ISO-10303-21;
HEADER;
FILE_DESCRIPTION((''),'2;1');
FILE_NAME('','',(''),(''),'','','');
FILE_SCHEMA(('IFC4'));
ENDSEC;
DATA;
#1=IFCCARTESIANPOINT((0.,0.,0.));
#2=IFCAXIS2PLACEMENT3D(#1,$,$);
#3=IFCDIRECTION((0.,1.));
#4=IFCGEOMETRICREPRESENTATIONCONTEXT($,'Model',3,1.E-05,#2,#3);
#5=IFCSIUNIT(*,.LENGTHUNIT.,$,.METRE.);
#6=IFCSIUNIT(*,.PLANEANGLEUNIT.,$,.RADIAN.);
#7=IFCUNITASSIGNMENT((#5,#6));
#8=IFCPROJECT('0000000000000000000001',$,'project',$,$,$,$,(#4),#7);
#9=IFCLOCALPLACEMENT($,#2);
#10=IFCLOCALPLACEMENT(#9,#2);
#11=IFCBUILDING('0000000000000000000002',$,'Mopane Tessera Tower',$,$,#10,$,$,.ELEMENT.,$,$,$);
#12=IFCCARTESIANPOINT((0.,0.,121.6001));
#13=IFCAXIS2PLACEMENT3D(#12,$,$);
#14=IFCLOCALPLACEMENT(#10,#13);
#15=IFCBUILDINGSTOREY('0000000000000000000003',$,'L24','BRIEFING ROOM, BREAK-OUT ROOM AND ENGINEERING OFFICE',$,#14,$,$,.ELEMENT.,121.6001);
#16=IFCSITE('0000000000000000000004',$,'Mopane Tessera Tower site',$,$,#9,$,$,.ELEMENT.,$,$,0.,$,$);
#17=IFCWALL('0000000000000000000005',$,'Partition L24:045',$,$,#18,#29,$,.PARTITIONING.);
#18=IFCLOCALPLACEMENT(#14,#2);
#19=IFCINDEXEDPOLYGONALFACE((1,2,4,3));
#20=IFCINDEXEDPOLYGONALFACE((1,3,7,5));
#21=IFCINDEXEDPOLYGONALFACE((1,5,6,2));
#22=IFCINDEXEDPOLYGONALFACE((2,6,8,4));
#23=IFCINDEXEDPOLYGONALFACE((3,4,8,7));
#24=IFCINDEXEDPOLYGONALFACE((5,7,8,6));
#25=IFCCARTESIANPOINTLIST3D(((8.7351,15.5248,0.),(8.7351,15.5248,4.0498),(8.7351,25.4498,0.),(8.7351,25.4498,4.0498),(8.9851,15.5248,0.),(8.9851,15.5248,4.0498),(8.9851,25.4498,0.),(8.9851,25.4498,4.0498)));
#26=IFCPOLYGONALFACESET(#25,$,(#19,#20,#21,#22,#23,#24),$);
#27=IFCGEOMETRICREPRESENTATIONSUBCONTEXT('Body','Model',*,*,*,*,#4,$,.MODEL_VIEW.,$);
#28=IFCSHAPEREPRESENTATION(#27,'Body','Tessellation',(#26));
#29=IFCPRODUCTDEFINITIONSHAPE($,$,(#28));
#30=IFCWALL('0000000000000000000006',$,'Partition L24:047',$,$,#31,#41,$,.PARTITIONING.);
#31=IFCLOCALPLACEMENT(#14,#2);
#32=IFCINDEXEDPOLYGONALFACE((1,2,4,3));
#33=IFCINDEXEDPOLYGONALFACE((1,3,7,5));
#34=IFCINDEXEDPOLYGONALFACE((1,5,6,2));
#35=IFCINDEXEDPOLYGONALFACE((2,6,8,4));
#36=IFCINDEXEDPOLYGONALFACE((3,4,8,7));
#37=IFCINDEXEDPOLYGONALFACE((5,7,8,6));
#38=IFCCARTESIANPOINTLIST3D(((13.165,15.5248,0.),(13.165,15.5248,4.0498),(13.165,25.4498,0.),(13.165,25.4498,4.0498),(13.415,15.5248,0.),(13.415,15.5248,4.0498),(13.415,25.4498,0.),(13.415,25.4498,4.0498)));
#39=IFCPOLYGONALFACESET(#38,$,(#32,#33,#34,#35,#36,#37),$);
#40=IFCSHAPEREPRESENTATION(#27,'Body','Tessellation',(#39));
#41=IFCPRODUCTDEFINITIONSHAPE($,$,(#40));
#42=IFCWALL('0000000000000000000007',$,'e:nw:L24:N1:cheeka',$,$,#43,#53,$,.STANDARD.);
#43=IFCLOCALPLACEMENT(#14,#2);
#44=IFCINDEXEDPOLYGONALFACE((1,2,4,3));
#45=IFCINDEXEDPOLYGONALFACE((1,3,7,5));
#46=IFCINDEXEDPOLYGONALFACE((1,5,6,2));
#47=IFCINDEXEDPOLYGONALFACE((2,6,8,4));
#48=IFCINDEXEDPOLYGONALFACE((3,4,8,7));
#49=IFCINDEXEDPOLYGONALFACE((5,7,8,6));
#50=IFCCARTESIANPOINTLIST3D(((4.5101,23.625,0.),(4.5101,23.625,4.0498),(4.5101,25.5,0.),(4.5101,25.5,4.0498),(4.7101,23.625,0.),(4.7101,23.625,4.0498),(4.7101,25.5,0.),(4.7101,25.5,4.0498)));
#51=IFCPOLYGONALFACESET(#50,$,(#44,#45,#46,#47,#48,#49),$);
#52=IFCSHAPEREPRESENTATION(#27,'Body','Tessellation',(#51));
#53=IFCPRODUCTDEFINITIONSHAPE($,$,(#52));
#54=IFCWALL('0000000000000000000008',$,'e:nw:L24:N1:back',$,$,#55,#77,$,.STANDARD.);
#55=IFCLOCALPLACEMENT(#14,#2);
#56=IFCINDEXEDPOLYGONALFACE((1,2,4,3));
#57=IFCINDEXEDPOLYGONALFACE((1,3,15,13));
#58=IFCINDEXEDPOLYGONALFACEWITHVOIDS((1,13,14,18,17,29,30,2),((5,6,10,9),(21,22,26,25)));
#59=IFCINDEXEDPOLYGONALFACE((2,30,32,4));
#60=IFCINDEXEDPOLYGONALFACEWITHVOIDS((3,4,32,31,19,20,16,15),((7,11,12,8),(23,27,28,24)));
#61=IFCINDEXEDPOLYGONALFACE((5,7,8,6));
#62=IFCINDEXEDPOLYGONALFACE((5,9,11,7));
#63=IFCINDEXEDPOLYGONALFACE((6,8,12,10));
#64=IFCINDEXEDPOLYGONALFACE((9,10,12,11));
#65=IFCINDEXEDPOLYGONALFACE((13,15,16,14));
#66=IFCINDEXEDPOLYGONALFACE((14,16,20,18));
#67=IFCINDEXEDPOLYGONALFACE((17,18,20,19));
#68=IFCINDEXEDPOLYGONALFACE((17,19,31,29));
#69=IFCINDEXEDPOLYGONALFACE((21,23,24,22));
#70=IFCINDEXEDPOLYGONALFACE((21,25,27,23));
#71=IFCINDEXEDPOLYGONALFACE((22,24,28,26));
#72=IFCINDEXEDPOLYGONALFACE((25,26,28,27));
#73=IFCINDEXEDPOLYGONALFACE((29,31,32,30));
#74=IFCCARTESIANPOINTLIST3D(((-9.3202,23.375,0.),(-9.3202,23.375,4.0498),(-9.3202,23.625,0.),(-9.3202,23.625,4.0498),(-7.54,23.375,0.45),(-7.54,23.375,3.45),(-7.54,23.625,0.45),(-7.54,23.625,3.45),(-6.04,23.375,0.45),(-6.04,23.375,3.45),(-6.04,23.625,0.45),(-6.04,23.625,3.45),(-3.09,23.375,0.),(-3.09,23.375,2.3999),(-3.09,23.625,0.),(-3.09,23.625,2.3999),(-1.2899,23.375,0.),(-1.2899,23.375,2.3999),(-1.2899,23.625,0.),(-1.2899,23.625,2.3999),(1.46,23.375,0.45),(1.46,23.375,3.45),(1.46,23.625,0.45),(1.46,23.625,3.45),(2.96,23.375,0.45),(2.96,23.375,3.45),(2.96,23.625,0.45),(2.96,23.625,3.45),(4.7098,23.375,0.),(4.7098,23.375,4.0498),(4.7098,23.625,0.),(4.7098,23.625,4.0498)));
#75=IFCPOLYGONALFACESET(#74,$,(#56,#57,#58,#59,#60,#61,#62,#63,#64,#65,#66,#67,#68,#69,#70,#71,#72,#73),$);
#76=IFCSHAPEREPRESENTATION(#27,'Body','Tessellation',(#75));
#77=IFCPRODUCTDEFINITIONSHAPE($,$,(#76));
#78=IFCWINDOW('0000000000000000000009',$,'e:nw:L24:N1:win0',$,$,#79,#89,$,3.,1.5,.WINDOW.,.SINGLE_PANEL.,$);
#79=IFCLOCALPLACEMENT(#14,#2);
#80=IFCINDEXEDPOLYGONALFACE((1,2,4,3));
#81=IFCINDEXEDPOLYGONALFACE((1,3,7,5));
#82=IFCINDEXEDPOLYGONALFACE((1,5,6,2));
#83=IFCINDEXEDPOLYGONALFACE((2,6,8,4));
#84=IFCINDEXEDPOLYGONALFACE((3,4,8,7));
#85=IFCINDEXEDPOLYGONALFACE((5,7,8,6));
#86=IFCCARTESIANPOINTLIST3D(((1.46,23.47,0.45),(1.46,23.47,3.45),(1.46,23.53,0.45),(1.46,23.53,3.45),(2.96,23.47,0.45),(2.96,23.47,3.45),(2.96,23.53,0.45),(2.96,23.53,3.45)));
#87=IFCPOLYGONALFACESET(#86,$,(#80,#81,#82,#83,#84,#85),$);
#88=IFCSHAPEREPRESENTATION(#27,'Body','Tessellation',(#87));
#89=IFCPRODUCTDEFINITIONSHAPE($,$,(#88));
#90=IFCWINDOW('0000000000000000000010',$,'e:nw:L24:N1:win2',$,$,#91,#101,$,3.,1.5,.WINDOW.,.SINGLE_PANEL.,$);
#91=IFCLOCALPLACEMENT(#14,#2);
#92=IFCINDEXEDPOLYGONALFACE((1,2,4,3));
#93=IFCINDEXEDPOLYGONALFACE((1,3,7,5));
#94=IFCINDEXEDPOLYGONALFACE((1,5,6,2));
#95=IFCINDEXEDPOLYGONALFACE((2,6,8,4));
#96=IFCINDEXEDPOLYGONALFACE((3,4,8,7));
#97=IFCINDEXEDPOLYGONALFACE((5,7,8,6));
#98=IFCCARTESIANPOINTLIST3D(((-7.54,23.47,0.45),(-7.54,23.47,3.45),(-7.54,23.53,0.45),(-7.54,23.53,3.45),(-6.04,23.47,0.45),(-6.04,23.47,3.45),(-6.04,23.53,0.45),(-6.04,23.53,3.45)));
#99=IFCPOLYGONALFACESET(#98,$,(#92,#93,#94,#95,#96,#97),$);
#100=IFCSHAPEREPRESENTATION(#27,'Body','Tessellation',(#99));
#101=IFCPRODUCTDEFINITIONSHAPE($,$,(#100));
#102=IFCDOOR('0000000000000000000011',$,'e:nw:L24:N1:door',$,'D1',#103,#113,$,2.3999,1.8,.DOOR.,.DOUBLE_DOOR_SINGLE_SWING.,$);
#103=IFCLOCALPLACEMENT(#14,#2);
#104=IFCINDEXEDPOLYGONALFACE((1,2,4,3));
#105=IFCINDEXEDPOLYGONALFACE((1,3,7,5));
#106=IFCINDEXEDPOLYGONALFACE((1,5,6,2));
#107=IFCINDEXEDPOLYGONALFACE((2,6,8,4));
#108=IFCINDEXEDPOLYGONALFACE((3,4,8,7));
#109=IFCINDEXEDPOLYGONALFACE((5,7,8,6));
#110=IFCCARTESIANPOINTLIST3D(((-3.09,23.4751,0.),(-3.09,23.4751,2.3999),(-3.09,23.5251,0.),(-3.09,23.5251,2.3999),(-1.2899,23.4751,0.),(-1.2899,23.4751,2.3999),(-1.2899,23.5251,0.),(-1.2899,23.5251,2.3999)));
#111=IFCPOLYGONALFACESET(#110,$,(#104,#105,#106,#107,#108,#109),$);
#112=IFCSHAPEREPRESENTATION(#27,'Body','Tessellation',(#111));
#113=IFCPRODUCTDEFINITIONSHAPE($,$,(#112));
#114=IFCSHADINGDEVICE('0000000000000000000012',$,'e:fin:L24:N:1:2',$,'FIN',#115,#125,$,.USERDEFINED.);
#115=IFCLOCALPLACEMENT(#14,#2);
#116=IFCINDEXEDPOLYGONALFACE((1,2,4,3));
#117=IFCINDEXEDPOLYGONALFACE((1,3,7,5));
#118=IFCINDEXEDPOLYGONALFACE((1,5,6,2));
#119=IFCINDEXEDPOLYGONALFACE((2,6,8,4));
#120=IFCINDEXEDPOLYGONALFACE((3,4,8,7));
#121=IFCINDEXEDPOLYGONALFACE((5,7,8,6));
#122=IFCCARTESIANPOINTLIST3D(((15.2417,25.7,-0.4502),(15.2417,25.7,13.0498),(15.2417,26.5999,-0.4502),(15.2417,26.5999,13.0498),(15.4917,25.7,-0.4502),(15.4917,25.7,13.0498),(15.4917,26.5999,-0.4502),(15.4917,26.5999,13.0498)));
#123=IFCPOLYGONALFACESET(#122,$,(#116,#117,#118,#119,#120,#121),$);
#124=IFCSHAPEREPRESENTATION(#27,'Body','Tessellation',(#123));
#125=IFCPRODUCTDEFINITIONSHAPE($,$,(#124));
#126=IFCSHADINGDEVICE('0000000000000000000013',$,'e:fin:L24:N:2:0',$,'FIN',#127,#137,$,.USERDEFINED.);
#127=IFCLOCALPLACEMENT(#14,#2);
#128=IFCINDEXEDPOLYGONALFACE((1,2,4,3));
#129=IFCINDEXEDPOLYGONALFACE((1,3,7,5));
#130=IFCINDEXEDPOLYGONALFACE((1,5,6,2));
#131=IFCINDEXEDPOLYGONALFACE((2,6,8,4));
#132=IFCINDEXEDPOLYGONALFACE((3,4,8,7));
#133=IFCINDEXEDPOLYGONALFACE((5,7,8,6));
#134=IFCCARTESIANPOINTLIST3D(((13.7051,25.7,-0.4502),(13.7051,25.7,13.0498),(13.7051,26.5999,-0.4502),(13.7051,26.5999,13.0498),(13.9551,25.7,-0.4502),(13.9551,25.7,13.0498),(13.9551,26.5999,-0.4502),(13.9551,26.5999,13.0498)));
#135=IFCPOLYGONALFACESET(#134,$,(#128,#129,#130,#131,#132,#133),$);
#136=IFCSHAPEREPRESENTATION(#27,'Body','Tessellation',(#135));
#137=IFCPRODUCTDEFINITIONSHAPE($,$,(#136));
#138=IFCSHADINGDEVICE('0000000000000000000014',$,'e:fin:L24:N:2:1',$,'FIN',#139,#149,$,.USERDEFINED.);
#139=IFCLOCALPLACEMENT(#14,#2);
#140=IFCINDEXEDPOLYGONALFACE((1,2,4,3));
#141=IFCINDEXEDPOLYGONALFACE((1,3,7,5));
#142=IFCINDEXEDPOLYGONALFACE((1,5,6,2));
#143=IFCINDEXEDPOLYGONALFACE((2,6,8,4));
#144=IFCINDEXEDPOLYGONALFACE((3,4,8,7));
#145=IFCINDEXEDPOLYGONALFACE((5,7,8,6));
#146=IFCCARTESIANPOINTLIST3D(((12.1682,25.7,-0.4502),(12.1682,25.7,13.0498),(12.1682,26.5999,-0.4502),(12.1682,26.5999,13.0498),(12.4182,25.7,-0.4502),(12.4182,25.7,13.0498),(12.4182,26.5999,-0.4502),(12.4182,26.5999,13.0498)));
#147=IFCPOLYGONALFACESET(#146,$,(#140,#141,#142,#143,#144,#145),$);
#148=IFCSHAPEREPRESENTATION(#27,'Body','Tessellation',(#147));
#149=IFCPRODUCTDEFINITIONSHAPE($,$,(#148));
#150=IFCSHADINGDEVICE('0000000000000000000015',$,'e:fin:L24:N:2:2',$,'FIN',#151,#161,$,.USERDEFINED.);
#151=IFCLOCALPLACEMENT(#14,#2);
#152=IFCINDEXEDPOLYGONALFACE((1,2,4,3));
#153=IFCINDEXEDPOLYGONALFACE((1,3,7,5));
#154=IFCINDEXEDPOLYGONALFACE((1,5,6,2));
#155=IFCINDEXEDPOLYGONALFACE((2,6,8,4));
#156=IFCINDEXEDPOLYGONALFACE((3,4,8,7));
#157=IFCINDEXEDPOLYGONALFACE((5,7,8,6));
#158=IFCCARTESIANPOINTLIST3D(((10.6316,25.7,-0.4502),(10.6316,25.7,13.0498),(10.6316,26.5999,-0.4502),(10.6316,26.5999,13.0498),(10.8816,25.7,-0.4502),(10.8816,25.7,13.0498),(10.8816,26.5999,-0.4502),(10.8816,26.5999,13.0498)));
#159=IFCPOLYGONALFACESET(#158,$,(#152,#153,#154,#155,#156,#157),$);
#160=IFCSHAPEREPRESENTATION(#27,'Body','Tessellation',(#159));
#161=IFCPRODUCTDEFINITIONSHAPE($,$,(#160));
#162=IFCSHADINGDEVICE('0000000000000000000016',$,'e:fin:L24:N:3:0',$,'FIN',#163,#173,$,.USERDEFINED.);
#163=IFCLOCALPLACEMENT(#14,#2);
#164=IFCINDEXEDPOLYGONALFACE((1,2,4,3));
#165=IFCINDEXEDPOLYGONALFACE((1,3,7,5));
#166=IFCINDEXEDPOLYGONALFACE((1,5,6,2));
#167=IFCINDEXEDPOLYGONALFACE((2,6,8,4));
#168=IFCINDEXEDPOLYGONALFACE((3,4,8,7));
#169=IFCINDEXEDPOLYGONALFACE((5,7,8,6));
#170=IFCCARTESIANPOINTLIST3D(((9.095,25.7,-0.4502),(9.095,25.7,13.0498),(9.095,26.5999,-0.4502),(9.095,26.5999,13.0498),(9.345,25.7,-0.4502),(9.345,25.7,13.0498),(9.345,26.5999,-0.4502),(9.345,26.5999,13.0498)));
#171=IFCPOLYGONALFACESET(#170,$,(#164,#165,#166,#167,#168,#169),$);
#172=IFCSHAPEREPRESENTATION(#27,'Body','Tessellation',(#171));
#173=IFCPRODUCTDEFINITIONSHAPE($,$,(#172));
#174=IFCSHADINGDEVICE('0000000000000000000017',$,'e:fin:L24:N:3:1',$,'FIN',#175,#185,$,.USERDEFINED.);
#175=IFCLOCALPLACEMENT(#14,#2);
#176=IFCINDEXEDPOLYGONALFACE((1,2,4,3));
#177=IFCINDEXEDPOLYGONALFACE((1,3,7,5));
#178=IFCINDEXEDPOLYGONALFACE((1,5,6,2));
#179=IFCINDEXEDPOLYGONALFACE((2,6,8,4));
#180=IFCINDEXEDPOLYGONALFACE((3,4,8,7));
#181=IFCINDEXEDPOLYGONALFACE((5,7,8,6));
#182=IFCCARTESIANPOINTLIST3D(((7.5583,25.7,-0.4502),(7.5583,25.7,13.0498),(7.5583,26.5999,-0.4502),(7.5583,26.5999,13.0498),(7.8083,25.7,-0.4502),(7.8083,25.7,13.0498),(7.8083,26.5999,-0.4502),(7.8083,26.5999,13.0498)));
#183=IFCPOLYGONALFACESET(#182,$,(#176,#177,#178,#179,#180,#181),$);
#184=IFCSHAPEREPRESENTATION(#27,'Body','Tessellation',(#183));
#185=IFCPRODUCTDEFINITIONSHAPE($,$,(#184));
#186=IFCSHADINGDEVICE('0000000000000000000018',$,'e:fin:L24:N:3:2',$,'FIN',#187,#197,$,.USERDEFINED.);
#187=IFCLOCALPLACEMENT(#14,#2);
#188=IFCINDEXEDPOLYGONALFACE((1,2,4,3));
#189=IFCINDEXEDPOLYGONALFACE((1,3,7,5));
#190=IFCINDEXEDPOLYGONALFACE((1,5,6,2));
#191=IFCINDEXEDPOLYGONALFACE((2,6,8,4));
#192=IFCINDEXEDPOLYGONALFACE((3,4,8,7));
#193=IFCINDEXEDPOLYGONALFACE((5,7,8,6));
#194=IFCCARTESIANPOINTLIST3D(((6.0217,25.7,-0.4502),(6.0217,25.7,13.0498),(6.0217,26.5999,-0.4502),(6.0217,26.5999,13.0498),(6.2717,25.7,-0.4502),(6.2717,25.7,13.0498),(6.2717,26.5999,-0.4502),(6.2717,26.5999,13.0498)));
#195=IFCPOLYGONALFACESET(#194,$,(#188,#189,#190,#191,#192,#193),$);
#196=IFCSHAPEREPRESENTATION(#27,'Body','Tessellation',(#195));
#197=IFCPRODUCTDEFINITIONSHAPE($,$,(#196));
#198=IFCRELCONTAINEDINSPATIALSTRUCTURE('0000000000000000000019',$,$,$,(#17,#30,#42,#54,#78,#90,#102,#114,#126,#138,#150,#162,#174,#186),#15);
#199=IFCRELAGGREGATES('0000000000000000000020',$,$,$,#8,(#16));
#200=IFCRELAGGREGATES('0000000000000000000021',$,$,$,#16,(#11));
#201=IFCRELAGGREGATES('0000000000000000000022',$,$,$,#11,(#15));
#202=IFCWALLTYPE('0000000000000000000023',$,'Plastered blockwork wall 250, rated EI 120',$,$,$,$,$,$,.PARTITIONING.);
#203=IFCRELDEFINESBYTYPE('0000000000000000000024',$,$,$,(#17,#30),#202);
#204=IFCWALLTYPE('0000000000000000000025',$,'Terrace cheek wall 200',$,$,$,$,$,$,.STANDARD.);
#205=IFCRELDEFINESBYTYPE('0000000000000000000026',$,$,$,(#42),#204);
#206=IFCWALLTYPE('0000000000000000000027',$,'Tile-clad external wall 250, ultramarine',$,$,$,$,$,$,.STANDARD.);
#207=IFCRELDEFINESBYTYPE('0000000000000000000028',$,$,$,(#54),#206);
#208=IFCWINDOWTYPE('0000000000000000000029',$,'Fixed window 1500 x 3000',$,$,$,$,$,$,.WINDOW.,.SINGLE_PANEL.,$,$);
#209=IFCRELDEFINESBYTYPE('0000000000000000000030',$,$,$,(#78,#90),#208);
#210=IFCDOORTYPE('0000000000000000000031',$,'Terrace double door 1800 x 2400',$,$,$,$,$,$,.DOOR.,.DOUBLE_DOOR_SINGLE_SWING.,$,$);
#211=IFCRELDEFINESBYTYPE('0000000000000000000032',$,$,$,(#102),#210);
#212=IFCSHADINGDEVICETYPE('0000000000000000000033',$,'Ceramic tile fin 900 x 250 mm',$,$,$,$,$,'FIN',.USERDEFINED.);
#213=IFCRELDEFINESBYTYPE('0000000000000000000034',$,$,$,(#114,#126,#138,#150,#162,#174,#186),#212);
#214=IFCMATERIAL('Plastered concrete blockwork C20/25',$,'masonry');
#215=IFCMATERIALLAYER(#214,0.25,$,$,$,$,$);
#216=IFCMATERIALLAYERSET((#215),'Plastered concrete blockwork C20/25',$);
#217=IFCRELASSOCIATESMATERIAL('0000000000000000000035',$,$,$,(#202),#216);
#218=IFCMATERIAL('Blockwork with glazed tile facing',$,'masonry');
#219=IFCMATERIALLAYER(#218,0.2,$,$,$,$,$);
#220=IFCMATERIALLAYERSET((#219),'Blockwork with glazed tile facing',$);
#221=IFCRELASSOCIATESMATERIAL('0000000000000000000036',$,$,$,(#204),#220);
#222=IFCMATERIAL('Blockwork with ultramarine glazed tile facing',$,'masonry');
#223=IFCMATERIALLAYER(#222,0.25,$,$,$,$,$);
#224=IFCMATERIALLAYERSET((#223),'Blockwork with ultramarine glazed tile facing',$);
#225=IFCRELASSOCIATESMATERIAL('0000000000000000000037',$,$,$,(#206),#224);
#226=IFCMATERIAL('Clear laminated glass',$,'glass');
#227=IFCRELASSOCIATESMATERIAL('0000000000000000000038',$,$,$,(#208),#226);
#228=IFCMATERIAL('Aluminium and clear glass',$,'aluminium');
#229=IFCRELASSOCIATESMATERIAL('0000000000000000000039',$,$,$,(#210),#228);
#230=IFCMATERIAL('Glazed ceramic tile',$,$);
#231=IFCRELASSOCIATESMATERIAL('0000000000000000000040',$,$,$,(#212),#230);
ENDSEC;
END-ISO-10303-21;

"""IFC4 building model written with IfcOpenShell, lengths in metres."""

from ifc_helpers import new_model, si_unit, direction, frame, frame_2d, origin, origin_2d, place, context, subcontext, project, spatial, rectangle, extrude, material, layer, layer_set, type_object, element, fill, save


model = new_model("IFC4")

# Units and contexts
model_context = context("Model", 3, precision=1e-05, world=origin(), true_north=direction((0.0, 1.0)))
body_context = subcontext(model_context, "Body", "Model", "MODEL_VIEW")
ifc_project = project(units=[si_unit("LENGTHUNIT", "METRE"), si_unit("PLANEANGLEUNIT", "RADIAN")], contexts=[model_context])

# Site, building, storey
site_placement = place(None, origin())
site = spatial("IfcSite", under=ifc_project, at=site_placement, Name="Mopane Tessera Tower site", CompositionType="ELEMENT", RefElevation=0.0)
building_placement = place(site_placement, origin())
building = spatial("IfcBuilding", under=site, at=building_placement, Name="Mopane Tessera Tower", CompositionType="ELEMENT")
storey_placement = place(building_placement, frame((0.0, 0.0, 121.6001)))
storey = spatial("IfcBuildingStorey", under=building, at=storey_placement, Name="L24", Description="BRIEFING ROOM, BREAK-OUT ROOM AND ENGINEERING OFFICE", CompositionType="ELEMENT", Elevation=121.6001)

# Walls
ifc_material_1 = material(Name="Plastered concrete blockwork C20/25", Category="masonry")
ifc_layer_1 = layer(ifc_material_1, 0.25)
ifc_layer_set_1 = layer_set([ifc_layer_1], Name="Plastered concrete blockwork C20/25")
wall_type_1 = type_object("IfcWallType", Name="Plastered blockwork wall 250, rated EI 120", PredefinedType="PARTITIONING", material=ifc_layer_set_1)
for number, where, z_axis, x_axis, name in (
    (1, (8.8601, 15.5249, 0.0), (0.0, 0.0, 1.0), (0.0, 1.0, 0.0), "Partition L24:045"),
    (2, (13.29, 15.5249, 0.0), (0.0, 0.0, 1.0), (0.0, 1.0, 0.0), "Partition L24:047"),
):
    element("IfcWall", number, at=place(storey_placement, frame(where, z_axis=z_axis, x_axis=x_axis)), inside=storey, type_object=wall_type_1, Name=name, PredefinedType="PARTITIONING", context=body_context, shape_type="SweptSolid", body=[
        extrude(rectangle(XDim=9.925, YDim=0.25, at=frame_2d((4.9624, 0.0))), origin(), (0.0, 0.0, 1.0), 4.0498),
    ])
ifc_material_2 = material(Name="Blockwork with glazed tile facing", Category="masonry")
ifc_layer_2 = layer(ifc_material_2, 0.2)
ifc_layer_set_2 = layer_set([ifc_layer_2], Name="Blockwork with glazed tile facing")
wall_type_2 = type_object("IfcWallType", Name="Terrace cheek wall 200", PredefinedType="STANDARD", material=ifc_layer_set_2)
wall_1_placement = place(storey_placement, frame((4.6101, 25.5, 0.0), z_axis=(0.0, 0.0, 1.0), x_axis=(0.0, -1.0, 0.0)))
element("IfcWall", 3, at=wall_1_placement, inside=storey, type_object=wall_type_2, Name="e:nw:L24:N1:cheeka", PredefinedType="STANDARD", context=body_context, shape_type="SweptSolid", body=[
    extrude(rectangle(XDim=1.875, YDim=0.2, at=frame_2d((0.9375, 0.0))), origin(), (0.0, 0.0, 1.0), 4.0498),
])

# Wall, openings, windows, door
ifc_material_3 = material(Name="Blockwork with ultramarine glazed tile facing", Category="masonry")
ifc_layer_3 = layer(ifc_material_3, 0.25)
ifc_layer_set_3 = layer_set([ifc_layer_3], Name="Blockwork with ultramarine glazed tile facing")
wall_type_3 = type_object("IfcWallType", Name="Tile-clad external wall 250, ultramarine", PredefinedType="STANDARD", material=ifc_layer_set_3)
wall_2_placement = place(storey_placement, frame((4.71, 23.5, 0.0), z_axis=(0.0, 0.0, 1.0), x_axis=(-1.0, 0.0, 0.0)))
wall_2 = element("IfcWall", 4, at=wall_2_placement, inside=storey, type_object=wall_type_3, Name="e:nw:L24:N1:back", PredefinedType="STANDARD", context=body_context, shape_type="SweptSolid", body=[
    extrude(rectangle(XDim=14.03, YDim=0.25, at=frame_2d((7.0151, 0.0))), origin(), (0.0, 0.0, 1.0), 4.0498),
])
opening_1_placement = place(wall_2_placement, frame((1.75, 0.0, 0.45)))
opening_1 = element("IfcOpeningElement", 5, at=opening_1_placement, cuts=wall_2, PredefinedType="OPENING", context=body_context, shape_type="SweptSolid", body=[
    extrude(rectangle(XDim=1.5, YDim=3.0, at=frame_2d((0.75, 1.5))), frame((0.0, 0.137, 0.0), z_axis=(0.0, -1.0, 0.0), x_axis=(1.0, 0.0, 0.0)), (0.0, 0.0, 1.0), 0.2739),
])
opening_2_placement = place(wall_2_placement, frame((6.0, 0.0, 0.0)))
opening_2 = element("IfcOpeningElement", 6, at=opening_2_placement, cuts=wall_2, PredefinedType="OPENING", context=body_context, shape_type="SweptSolid", body=[
    extrude(rectangle(XDim=1.8, YDim=2.3999, at=frame_2d((0.8999, 1.2))), frame((0.0, 0.137, 0.0), z_axis=(0.0, -1.0, 0.0), x_axis=(1.0, 0.0, 0.0)), (0.0, 0.0, 1.0), 0.2739),
])
opening_3_placement = place(wall_2_placement, frame((10.75, 0.0, 0.45)))
opening_3 = element("IfcOpeningElement", 7, at=opening_3_placement, cuts=wall_2, PredefinedType="OPENING", context=body_context, shape_type="SweptSolid", body=[
    extrude(rectangle(XDim=1.5, YDim=3.0, at=frame_2d((0.75, 1.5))), frame((0.0, 0.137, 0.0), z_axis=(0.0, -1.0, 0.0), x_axis=(1.0, 0.0, 0.0)), (0.0, 0.0, 1.0), 0.2739),
])
ifc_material_4 = material(Name="Clear laminated glass", Category="glass")
window_type = type_object("IfcWindowType", Name="Fixed window 1500 x 3000", PartitioningType="SINGLE_PANEL", PredefinedType="WINDOW", material=ifc_material_4)
window_1_placement = place(opening_1_placement, origin())
window_1 = element("IfcWindow", 8, at=window_1_placement, inside=storey, type_object=window_type, Name="e:nw:L24:N1:win0", OverallHeight=3.0, OverallWidth=1.5, PartitioningType="SINGLE_PANEL", PredefinedType="WINDOW", context=body_context, shape_type="SweptSolid", body=[
    extrude(rectangle(XDim=1.5, YDim=3.0, at=frame_2d((0.75, 1.5))), frame((0.0, 0.03, 0.0), z_axis=(0.0, -1.0, 0.0), x_axis=(1.0, 0.0, 0.0)), (0.0, 0.0, 1.0), 0.0601),
])
fill(opening_1, window_1)
window_2_placement = place(opening_3_placement, origin())
window_2 = element("IfcWindow", 9, at=window_2_placement, inside=storey, type_object=window_type, Name="e:nw:L24:N1:win2", OverallHeight=3.0, OverallWidth=1.5, PartitioningType="SINGLE_PANEL", PredefinedType="WINDOW", context=body_context, shape_type="SweptSolid", body=[
    extrude(rectangle(XDim=1.5, YDim=3.0, at=frame_2d((0.75, 1.5))), frame((0.0, 0.03, 0.0), z_axis=(0.0, -1.0, 0.0), x_axis=(1.0, 0.0, 0.0)), (0.0, 0.0, 1.0), 0.0601),
])
fill(opening_3, window_2)
ifc_material_5 = material(Name="Aluminium and clear glass", Category="aluminium")
door_type = type_object("IfcDoorType", Name="Terrace double door 1800 x 2400", OperationType="DOUBLE_DOOR_SINGLE_SWING", PredefinedType="DOOR", material=ifc_material_5)
door_placement = place(opening_2_placement, origin())
door = element("IfcDoor", 10, at=door_placement, inside=storey, type_object=door_type, Name="e:nw:L24:N1:door", ObjectType="D1", OperationType="DOUBLE_DOOR_SINGLE_SWING", OverallHeight=2.3999, OverallWidth=1.8, PredefinedType="DOOR", context=body_context, shape_type="SweptSolid", body=[
    extrude(rectangle(XDim=1.8, YDim=2.3999, at=frame_2d((0.8999, 1.2))), frame((0.0, 0.0249, 0.0), z_axis=(0.0, -1.0, 0.0), x_axis=(1.0, 0.0, 0.0)), (0.0, 0.0, 1.0), 0.05),
])
fill(opening_2, door)

# Shading devices
ifc_material_6 = material(Name="Glazed ceramic tile")
shading_device_type = type_object("IfcShadingDeviceType", Name="Ceramic tile fin 900 x 250 mm", ElementType="FIN", PredefinedType="USERDEFINED", material=ifc_material_6)
for number, where, z_axis, x_axis, name in (
    (11, (15.3667, 26.1499, -0.4502), (0.0, 0.0, 1.0), (-1.0, 0.0, 0.0), "e:fin:L24:N:1:2"),
    (12, (13.8301, 26.1499, -0.4502), (0.0, 0.0, 1.0), (-1.0, 0.0, 0.0), "e:fin:L24:N:2:0"),
    (13, (12.2932, 26.1499, -0.4502), (0.0, 0.0, 1.0), (-1.0, 0.0, 0.0), "e:fin:L24:N:2:1"),
    (14, (10.7566, 26.1499, -0.4502), (0.0, 0.0, 1.0), (-1.0, 0.0, 0.0), "e:fin:L24:N:2:2"),
    (15, (9.22, 26.1499, -0.4502), (0.0, 0.0, 1.0), (-1.0, 0.0, 0.0), "e:fin:L24:N:3:0"),
    (16, (7.6833, 26.1499, -0.4502), (0.0, 0.0, 1.0), (-1.0, 0.0, 0.0), "e:fin:L24:N:3:1"),
    (17, (6.1467, 26.1499, -0.4502), (0.0, 0.0, 1.0), (-1.0, 0.0, 0.0), "e:fin:L24:N:3:2"),
):
    element("IfcShadingDevice", number, at=place(storey_placement, frame(where, z_axis=z_axis, x_axis=x_axis)), inside=storey, type_object=shading_device_type, Name=name, ObjectType="FIN", PredefinedType="USERDEFINED", context=body_context, shape_type="SweptSolid", body=[
        extrude(rectangle(XDim=0.25, YDim=0.8999, at=origin_2d()), origin(), (0.0, 0.0, 1.0), 13.5),
    ])

save(model, "model.ifc")
